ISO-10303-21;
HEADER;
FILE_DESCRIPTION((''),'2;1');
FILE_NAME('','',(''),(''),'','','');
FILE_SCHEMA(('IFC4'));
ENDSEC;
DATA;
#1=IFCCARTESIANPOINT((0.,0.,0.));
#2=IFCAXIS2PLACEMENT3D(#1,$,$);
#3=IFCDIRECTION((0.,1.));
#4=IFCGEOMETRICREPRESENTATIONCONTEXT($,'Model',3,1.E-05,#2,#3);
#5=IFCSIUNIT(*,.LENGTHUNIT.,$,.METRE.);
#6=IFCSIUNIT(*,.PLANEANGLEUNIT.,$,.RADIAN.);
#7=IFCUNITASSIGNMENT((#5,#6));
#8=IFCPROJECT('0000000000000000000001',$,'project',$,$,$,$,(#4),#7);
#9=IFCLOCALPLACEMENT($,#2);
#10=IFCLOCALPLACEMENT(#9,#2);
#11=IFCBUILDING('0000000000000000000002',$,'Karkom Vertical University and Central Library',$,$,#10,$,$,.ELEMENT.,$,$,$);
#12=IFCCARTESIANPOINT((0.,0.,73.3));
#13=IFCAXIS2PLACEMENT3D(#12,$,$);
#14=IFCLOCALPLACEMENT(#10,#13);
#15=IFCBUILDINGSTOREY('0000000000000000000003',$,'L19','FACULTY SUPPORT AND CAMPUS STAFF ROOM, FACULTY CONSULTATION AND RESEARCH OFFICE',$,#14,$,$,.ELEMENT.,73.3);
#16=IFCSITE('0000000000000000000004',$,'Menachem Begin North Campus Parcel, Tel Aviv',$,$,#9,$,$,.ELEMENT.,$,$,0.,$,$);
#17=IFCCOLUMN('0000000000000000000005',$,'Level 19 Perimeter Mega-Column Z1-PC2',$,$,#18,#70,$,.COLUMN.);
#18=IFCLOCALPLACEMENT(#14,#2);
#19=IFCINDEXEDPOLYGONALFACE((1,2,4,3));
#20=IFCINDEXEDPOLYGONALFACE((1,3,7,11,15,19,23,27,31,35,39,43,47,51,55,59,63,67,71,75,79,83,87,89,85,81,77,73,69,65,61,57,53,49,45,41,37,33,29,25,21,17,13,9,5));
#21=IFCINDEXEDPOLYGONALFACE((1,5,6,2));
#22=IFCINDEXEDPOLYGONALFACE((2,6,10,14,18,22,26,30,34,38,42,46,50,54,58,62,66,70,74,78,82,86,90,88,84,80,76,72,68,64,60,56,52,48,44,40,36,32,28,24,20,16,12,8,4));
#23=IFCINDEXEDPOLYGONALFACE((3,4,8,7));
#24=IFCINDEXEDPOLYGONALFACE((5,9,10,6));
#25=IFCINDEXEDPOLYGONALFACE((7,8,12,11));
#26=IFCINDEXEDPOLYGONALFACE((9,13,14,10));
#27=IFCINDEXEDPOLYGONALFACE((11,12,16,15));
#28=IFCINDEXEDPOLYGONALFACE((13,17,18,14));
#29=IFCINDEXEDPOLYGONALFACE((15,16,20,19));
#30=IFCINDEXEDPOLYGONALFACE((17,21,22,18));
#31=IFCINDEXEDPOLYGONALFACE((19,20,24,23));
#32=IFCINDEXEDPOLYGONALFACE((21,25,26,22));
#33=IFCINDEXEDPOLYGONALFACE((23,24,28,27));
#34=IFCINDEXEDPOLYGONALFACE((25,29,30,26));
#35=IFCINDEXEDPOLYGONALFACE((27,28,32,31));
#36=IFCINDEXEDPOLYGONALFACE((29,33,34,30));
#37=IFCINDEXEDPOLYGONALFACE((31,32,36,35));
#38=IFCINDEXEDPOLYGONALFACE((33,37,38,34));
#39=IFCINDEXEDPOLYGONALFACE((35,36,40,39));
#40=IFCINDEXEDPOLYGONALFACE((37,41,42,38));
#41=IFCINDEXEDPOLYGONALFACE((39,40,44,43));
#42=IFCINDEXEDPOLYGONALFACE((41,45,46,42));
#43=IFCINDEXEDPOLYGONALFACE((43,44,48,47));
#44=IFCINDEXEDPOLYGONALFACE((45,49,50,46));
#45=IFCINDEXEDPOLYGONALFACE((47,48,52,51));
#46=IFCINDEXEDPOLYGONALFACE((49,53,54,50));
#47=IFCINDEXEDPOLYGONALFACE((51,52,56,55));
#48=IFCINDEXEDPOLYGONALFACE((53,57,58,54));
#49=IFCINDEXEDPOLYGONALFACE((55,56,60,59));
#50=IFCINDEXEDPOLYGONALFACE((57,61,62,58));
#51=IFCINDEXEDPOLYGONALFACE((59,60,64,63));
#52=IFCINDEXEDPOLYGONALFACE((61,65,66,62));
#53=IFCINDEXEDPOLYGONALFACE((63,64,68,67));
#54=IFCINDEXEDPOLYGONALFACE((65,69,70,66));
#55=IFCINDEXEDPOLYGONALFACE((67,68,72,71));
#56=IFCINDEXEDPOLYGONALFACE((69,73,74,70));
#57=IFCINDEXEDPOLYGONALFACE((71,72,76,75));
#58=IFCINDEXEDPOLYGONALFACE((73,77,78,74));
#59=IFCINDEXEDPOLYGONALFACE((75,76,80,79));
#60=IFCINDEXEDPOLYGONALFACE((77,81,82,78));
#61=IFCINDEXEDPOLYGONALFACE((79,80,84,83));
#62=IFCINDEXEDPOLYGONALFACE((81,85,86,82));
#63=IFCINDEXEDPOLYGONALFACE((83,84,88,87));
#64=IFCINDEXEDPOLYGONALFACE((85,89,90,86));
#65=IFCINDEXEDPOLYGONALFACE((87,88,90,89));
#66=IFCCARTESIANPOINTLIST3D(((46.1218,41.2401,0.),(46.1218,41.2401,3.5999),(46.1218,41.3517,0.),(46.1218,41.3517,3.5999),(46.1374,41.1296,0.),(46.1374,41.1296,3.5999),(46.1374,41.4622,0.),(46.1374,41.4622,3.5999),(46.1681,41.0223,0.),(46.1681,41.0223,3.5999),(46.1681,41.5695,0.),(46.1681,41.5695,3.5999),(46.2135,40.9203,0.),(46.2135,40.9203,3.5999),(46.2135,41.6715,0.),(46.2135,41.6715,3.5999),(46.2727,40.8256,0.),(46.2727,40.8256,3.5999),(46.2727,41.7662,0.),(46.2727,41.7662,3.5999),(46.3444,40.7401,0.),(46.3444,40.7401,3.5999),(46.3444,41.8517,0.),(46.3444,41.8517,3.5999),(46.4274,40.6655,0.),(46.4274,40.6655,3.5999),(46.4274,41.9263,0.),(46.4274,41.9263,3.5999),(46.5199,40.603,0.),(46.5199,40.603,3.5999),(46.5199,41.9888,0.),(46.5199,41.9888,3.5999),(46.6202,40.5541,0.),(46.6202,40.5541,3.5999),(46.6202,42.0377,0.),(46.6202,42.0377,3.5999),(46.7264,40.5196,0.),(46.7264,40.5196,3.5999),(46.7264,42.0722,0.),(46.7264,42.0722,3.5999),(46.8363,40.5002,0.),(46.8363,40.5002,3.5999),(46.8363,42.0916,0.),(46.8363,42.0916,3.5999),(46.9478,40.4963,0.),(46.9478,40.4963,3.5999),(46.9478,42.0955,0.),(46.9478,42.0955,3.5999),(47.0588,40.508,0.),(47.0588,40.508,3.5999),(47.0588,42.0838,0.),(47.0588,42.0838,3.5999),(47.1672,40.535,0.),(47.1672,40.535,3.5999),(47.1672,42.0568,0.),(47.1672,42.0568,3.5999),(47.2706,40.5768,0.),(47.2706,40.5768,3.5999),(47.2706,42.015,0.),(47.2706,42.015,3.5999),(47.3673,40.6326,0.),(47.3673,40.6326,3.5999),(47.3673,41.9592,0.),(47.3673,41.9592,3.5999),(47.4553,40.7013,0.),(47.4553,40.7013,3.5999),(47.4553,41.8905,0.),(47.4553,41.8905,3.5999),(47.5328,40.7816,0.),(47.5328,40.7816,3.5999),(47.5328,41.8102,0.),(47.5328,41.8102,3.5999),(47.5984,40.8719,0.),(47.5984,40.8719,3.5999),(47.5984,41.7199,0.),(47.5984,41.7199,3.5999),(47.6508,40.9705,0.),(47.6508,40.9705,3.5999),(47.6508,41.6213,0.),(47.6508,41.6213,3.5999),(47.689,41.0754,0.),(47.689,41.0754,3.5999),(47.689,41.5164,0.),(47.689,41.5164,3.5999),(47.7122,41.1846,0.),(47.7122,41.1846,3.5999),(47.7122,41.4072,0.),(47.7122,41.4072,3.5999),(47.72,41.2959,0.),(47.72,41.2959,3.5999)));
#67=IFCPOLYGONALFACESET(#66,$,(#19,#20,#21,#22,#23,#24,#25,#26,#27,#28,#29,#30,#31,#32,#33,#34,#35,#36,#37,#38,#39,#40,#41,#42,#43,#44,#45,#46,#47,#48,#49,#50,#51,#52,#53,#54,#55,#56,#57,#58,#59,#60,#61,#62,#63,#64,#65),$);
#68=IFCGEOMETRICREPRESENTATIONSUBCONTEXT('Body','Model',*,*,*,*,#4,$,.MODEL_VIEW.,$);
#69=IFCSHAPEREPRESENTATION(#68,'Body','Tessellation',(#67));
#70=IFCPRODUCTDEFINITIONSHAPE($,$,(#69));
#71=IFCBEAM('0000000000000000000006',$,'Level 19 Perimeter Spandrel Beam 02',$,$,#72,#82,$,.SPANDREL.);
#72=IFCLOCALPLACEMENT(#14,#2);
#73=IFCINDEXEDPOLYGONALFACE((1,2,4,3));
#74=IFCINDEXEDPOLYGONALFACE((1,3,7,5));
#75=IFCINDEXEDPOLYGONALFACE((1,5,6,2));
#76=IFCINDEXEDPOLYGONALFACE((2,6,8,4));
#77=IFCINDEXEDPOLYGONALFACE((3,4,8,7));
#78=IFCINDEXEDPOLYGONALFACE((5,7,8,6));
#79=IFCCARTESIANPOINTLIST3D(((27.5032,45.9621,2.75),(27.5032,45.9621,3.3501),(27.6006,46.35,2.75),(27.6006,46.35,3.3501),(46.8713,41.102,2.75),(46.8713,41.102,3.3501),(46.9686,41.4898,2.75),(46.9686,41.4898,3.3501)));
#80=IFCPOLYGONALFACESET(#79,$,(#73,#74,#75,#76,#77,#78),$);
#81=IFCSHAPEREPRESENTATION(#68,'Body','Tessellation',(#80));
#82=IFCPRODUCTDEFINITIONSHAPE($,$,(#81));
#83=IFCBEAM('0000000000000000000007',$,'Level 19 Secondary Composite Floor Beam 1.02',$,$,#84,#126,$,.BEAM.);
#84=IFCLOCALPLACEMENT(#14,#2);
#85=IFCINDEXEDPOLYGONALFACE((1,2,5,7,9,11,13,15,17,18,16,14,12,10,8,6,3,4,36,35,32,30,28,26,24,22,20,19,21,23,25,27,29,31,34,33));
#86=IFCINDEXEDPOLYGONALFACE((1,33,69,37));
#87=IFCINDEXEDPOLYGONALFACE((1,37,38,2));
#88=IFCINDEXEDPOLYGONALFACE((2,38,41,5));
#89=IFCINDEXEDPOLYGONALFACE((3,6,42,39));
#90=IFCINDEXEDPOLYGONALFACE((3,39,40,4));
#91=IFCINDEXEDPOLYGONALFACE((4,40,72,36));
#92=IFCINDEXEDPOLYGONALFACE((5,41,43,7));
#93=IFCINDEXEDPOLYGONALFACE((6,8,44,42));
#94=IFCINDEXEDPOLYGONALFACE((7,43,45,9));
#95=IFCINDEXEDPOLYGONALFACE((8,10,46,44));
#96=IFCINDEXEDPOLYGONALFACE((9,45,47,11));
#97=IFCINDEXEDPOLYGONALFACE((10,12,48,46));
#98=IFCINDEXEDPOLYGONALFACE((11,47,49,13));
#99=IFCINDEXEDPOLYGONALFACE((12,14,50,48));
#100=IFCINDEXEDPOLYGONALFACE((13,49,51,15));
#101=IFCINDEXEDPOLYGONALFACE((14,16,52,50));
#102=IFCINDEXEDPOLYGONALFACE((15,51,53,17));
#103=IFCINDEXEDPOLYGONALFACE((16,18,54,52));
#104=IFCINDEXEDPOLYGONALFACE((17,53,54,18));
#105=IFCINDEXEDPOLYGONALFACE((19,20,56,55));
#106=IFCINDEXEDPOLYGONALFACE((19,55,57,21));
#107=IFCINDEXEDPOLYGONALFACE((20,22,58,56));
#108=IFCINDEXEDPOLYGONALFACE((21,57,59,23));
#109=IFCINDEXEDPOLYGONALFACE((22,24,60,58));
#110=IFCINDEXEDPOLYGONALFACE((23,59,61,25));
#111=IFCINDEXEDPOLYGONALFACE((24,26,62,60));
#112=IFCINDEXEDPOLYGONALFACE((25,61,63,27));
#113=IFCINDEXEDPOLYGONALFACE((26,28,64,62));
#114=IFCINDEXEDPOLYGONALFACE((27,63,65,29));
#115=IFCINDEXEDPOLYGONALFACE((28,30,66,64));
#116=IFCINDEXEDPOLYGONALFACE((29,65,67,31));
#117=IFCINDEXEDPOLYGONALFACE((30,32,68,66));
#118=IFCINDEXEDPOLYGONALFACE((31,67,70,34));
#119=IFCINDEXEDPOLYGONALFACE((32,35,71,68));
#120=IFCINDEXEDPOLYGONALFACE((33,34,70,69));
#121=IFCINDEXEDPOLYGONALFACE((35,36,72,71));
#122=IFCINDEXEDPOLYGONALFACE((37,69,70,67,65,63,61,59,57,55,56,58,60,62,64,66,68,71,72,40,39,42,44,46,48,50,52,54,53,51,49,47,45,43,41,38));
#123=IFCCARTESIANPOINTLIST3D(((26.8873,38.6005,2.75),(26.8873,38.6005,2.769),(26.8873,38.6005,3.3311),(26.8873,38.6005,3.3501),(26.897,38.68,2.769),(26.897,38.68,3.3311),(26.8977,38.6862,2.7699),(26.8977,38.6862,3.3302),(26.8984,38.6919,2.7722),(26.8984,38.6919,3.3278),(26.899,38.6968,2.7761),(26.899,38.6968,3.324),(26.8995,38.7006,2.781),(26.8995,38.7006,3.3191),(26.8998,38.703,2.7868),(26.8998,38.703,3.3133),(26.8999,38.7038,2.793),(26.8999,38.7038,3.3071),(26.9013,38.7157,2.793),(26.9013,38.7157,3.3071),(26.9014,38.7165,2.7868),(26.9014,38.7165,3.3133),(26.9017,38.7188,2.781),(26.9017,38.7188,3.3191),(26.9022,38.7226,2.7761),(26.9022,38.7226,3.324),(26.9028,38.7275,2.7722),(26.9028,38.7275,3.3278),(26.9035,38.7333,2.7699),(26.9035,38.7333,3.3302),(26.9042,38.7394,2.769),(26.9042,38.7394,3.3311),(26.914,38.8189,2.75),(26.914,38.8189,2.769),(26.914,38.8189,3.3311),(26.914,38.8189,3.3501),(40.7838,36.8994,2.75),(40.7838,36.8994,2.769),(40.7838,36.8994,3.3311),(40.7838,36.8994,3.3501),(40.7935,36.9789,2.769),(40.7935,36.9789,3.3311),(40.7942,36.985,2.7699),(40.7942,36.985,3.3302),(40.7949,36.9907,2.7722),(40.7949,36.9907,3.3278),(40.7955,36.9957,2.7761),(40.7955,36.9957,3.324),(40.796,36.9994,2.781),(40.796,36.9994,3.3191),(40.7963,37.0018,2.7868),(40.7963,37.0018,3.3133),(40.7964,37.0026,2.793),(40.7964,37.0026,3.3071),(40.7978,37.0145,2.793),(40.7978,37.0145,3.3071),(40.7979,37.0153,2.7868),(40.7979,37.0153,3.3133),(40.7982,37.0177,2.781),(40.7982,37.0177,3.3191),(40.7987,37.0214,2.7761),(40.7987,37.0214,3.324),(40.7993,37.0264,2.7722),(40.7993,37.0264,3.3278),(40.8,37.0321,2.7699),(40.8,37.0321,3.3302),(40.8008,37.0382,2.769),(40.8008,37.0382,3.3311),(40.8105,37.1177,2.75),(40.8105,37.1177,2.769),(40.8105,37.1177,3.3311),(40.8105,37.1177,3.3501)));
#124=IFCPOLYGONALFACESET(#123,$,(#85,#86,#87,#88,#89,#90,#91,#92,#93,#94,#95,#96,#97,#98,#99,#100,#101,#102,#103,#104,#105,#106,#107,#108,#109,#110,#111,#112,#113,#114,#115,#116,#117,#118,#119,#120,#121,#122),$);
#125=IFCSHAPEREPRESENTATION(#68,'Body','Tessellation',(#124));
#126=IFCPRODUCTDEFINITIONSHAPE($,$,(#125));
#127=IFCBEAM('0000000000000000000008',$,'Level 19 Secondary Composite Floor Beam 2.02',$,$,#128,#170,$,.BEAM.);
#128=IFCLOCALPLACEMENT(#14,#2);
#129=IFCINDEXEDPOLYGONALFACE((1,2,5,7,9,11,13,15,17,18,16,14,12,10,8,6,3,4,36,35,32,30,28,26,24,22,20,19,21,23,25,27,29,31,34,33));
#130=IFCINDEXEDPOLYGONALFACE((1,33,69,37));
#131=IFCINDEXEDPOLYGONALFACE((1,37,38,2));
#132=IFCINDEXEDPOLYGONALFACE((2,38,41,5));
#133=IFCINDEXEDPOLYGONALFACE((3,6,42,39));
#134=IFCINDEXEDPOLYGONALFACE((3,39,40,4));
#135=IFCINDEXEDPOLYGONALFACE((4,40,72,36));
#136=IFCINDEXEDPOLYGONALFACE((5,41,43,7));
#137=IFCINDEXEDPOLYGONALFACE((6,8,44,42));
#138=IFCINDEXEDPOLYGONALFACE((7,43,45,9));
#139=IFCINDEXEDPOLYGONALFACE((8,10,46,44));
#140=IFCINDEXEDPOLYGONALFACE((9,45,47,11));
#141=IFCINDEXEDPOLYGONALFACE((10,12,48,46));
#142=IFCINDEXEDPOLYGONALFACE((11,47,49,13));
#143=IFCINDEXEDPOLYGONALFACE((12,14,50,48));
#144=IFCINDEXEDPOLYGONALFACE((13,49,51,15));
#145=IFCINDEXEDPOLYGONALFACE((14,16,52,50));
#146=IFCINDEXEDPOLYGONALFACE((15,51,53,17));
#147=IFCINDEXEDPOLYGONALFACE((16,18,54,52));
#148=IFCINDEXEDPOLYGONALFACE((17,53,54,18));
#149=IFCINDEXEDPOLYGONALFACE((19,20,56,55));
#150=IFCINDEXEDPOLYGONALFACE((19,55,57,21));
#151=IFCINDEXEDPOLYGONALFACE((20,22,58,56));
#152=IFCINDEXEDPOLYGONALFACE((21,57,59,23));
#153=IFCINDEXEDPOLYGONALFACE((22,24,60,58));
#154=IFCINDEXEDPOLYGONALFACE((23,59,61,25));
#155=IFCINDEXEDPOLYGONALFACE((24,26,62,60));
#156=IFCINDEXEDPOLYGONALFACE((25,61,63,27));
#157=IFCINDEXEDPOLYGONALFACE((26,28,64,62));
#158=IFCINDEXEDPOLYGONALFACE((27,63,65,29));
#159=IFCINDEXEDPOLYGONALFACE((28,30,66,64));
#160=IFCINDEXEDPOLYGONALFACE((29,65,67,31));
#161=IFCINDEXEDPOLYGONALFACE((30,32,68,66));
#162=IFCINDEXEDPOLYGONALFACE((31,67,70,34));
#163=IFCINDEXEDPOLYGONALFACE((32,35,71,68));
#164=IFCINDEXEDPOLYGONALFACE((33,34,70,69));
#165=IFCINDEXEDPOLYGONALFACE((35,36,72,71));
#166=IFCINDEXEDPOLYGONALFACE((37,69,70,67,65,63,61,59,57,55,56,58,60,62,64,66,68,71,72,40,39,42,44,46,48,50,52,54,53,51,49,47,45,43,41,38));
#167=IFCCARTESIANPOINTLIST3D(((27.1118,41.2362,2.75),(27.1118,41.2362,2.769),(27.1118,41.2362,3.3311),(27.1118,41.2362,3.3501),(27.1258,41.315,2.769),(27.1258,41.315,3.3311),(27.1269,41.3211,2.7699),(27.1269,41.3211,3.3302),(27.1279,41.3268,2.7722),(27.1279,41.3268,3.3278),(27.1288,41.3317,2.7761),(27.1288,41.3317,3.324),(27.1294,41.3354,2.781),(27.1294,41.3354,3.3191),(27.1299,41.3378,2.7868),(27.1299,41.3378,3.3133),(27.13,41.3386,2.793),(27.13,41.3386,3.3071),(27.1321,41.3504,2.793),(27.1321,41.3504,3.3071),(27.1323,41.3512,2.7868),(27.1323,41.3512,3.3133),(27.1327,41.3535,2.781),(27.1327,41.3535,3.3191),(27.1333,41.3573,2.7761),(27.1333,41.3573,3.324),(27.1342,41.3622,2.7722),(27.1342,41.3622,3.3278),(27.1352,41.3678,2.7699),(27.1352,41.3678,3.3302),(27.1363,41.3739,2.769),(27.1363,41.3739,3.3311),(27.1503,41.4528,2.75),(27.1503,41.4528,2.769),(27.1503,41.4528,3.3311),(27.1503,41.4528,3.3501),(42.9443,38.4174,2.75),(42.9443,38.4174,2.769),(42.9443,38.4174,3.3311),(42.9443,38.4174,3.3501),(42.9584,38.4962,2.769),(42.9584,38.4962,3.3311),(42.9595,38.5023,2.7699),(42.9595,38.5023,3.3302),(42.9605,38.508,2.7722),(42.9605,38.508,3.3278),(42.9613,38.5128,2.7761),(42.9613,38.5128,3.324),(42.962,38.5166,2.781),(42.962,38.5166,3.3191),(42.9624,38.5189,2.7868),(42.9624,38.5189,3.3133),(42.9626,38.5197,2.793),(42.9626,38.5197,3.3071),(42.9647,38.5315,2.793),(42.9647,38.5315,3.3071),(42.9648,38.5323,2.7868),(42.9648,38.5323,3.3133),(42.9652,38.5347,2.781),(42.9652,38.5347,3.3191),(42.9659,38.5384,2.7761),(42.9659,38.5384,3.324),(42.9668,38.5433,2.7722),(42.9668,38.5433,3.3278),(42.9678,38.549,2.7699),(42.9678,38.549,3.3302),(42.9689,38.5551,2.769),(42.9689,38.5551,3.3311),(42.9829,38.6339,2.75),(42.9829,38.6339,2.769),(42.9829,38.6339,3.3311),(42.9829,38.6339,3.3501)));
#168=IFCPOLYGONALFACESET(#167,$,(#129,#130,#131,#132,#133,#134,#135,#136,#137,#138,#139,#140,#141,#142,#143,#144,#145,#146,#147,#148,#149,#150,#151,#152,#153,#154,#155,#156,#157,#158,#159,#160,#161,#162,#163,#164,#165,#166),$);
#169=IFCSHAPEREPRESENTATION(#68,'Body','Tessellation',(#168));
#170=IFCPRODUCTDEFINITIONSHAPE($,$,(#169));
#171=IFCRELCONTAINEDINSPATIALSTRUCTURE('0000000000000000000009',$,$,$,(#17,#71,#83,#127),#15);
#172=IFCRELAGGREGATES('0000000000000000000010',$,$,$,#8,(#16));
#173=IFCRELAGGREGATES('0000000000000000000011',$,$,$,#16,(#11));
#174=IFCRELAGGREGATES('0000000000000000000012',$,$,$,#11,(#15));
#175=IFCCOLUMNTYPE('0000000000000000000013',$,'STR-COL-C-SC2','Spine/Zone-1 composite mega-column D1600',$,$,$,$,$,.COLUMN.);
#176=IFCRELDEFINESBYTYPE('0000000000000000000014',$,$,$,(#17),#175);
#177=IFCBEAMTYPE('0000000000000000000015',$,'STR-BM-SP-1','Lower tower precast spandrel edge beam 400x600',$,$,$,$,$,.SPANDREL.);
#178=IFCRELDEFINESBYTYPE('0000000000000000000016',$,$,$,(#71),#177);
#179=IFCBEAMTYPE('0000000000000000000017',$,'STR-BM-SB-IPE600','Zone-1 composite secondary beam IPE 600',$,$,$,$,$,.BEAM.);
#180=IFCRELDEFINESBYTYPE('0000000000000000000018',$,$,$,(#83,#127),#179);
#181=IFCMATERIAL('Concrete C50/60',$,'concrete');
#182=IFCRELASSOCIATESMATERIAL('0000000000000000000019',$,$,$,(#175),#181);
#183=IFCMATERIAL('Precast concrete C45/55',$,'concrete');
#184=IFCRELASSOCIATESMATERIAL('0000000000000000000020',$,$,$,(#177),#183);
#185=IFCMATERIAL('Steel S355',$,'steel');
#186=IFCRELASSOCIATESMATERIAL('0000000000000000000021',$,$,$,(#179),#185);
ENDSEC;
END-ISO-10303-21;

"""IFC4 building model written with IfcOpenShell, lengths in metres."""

from ifc_helpers import new_model, si_unit, direction, frame, origin, origin_with_axes, origin_2d, place, context, subcontext, project, spatial, rectangle, circle, i_section, extrude, source, transform, mapped, material, material_profile, profile_set, type_object, element, save


model = new_model("IFC4")

# Units and contexts
model_context = context("Model", 3, precision=1e-05, world=origin(), true_north=direction((0.0, 1.0)))
body_context = subcontext(model_context, "Body", "Model", "MODEL_VIEW")
ifc_project = project(units=[si_unit("LENGTHUNIT", "METRE"), si_unit("PLANEANGLEUNIT", "RADIAN")], contexts=[model_context])

# Site, building, storey
site_placement = place(None, origin())
site = spatial("IfcSite", under=ifc_project, at=site_placement, Name="Menachem Begin North Campus Parcel, Tel Aviv", CompositionType="ELEMENT", RefElevation=0.0)
building_placement = place(site_placement, origin())
building = spatial("IfcBuilding", under=site, at=building_placement, Name="Karkom Vertical University and Central Library", CompositionType="ELEMENT")
storey_placement = place(building_placement, frame((0.0, 0.0, 73.3)))
storey = spatial("IfcBuildingStorey", under=building, at=storey_placement, Name="L19", Description="FACULTY SUPPORT AND CAMPUS STAFF ROOM, FACULTY CONSULTATION AND RESEARCH OFFICE", CompositionType="ELEMENT", Elevation=73.3)

# Column
ifc_material_1 = material(Name="Concrete C50/60", Category="concrete")
ifc_material_profile_1 = material_profile(ifc_material_1, circle(Radius=0.8, at=origin_2d()), Name="CFT-D1600")
ifc_profile_set_1 = profile_set([ifc_material_profile_1], Name="Concrete C50/60")
column_type = type_object("IfcColumnType", Name="STR-COL-C-SC2", Description="Spine/Zone-1 composite mega-column D1600", PredefinedType="COLUMN", material=ifc_profile_set_1)
shared_shape_1 = source(origin_with_axes(), body_context, "Body", "SweptSolid", [
    extrude(circle(Radius=0.8, at=origin_2d()), origin(), (0.0, 0.0, 1.0), 3.5999),
])
column_placement = place(storey_placement, frame((46.9199, 41.2959, 0.0), z_axis=(0.0, 0.0, 1.0), x_axis=(1.0, 0.0, 0.0)))
element("IfcColumn", 1, at=column_placement, inside=storey, type_object=column_type, Name="Level 19 Perimeter Mega-Column Z1-PC2", PredefinedType="COLUMN", context=body_context, shape_type="MappedRepresentation", body=[
    mapped(shared_shape_1, transform((0.0, 0.0, 0.0), scale=1.0)),
])

# Beams
ifc_material_2 = material(Name="Precast concrete C45/55", Category="concrete")
ifc_material_profile_2 = material_profile(ifc_material_2, rectangle(XDim=0.3999, YDim=0.6001, at=origin_2d()), Name="SPB-400x600")
ifc_profile_set_2 = profile_set([ifc_material_profile_2], Name="Precast concrete C45/55")
beam_type_1 = type_object("IfcBeamType", Name="STR-BM-SP-1", Description="Lower tower precast spandrel edge beam 400x600", PredefinedType="SPANDREL", material=ifc_profile_set_2)
shared_shape_2 = source(origin_with_axes(), body_context, "Body", "SweptSolid", [
    extrude(rectangle(XDim=0.3999, YDim=0.6001, at=origin_2d()), origin(), (0.0, 0.0, 1.0), 19.9685),
])
beam_1_placement = place(storey_placement, frame((46.9199, 41.2959, 3.05), z_axis=(-0.969929, 0.24339, 0.0), x_axis=(-0.24339, -0.969929, 0.0)))
element("IfcBeam", 2, at=beam_1_placement, inside=storey, type_object=beam_type_1, Name="Level 19 Perimeter Spandrel Beam 02", PredefinedType="SPANDREL", context=body_context, shape_type="MappedRepresentation", body=[
    mapped(shared_shape_2, transform((0.0, 0.0, 0.0), scale=1.0)),
])
ifc_material_3 = material(Name="Steel S355", Category="steel")
ifc_material_profile_3 = material_profile(ifc_material_3, i_section(OverallWidth=0.22, OverallDepth=0.6001, WebThickness=0.012, FlangeThickness=0.019, FilletRadius=0.0239, at=origin_2d()), Name="IPE 600")
ifc_profile_set_3 = profile_set([ifc_material_profile_3], Name="Steel S355")
beam_type_2 = type_object("IfcBeamType", Name="STR-BM-SB-IPE600", Description="Zone-1 composite secondary beam IPE 600", PredefinedType="BEAM", material=ifc_profile_set_3)
shared_shape_3 = source(origin_with_axes(), body_context, "Body", "SweptSolid", [
    extrude(i_section(OverallWidth=0.22, OverallDepth=0.6001, WebThickness=0.012, FlangeThickness=0.019, FilletRadius=0.0239, at=origin_2d()), origin(), (0.0, 0.0, 1.0), 14.0002),
])
beam_2_placement = place(storey_placement, frame((40.7971, 37.0085, 3.05), z_axis=(-0.99259, 0.12151, 0.0), x_axis=(-0.12151, -0.99259, 0.0)))
element("IfcBeam", 3, at=beam_2_placement, inside=storey, type_object=beam_type_2, Name="Level 19 Secondary Composite Floor Beam 1.02", PredefinedType="BEAM", context=body_context, shape_type="MappedRepresentation", body=[
    mapped(shared_shape_3, transform((0.0, 0.0, 0.0), scale=1.0)),
])
shared_shape_4 = source(origin_with_axes(), body_context, "Body", "SweptSolid", [
    extrude(i_section(OverallWidth=0.22, OverallDepth=0.6001, WebThickness=0.012, FlangeThickness=0.019, FilletRadius=0.0239, at=origin_2d()), origin(), (0.0, 0.0, 1.0), 16.0815),
])
beam_3_placement = place(storey_placement, frame((42.9636, 38.5256, 3.05), z_axis=(-0.984518, 0.175285, 0.0), x_axis=(-0.175285, -0.984518, 0.0)))
element("IfcBeam", 4, at=beam_3_placement, inside=storey, type_object=beam_type_2, Name="Level 19 Secondary Composite Floor Beam 2.02", PredefinedType="BEAM", context=body_context, shape_type="MappedRepresentation", body=[
    mapped(shared_shape_4, transform((0.0, 0.0, 0.0), scale=1.0)),
])

save(model, "model.ifc")
